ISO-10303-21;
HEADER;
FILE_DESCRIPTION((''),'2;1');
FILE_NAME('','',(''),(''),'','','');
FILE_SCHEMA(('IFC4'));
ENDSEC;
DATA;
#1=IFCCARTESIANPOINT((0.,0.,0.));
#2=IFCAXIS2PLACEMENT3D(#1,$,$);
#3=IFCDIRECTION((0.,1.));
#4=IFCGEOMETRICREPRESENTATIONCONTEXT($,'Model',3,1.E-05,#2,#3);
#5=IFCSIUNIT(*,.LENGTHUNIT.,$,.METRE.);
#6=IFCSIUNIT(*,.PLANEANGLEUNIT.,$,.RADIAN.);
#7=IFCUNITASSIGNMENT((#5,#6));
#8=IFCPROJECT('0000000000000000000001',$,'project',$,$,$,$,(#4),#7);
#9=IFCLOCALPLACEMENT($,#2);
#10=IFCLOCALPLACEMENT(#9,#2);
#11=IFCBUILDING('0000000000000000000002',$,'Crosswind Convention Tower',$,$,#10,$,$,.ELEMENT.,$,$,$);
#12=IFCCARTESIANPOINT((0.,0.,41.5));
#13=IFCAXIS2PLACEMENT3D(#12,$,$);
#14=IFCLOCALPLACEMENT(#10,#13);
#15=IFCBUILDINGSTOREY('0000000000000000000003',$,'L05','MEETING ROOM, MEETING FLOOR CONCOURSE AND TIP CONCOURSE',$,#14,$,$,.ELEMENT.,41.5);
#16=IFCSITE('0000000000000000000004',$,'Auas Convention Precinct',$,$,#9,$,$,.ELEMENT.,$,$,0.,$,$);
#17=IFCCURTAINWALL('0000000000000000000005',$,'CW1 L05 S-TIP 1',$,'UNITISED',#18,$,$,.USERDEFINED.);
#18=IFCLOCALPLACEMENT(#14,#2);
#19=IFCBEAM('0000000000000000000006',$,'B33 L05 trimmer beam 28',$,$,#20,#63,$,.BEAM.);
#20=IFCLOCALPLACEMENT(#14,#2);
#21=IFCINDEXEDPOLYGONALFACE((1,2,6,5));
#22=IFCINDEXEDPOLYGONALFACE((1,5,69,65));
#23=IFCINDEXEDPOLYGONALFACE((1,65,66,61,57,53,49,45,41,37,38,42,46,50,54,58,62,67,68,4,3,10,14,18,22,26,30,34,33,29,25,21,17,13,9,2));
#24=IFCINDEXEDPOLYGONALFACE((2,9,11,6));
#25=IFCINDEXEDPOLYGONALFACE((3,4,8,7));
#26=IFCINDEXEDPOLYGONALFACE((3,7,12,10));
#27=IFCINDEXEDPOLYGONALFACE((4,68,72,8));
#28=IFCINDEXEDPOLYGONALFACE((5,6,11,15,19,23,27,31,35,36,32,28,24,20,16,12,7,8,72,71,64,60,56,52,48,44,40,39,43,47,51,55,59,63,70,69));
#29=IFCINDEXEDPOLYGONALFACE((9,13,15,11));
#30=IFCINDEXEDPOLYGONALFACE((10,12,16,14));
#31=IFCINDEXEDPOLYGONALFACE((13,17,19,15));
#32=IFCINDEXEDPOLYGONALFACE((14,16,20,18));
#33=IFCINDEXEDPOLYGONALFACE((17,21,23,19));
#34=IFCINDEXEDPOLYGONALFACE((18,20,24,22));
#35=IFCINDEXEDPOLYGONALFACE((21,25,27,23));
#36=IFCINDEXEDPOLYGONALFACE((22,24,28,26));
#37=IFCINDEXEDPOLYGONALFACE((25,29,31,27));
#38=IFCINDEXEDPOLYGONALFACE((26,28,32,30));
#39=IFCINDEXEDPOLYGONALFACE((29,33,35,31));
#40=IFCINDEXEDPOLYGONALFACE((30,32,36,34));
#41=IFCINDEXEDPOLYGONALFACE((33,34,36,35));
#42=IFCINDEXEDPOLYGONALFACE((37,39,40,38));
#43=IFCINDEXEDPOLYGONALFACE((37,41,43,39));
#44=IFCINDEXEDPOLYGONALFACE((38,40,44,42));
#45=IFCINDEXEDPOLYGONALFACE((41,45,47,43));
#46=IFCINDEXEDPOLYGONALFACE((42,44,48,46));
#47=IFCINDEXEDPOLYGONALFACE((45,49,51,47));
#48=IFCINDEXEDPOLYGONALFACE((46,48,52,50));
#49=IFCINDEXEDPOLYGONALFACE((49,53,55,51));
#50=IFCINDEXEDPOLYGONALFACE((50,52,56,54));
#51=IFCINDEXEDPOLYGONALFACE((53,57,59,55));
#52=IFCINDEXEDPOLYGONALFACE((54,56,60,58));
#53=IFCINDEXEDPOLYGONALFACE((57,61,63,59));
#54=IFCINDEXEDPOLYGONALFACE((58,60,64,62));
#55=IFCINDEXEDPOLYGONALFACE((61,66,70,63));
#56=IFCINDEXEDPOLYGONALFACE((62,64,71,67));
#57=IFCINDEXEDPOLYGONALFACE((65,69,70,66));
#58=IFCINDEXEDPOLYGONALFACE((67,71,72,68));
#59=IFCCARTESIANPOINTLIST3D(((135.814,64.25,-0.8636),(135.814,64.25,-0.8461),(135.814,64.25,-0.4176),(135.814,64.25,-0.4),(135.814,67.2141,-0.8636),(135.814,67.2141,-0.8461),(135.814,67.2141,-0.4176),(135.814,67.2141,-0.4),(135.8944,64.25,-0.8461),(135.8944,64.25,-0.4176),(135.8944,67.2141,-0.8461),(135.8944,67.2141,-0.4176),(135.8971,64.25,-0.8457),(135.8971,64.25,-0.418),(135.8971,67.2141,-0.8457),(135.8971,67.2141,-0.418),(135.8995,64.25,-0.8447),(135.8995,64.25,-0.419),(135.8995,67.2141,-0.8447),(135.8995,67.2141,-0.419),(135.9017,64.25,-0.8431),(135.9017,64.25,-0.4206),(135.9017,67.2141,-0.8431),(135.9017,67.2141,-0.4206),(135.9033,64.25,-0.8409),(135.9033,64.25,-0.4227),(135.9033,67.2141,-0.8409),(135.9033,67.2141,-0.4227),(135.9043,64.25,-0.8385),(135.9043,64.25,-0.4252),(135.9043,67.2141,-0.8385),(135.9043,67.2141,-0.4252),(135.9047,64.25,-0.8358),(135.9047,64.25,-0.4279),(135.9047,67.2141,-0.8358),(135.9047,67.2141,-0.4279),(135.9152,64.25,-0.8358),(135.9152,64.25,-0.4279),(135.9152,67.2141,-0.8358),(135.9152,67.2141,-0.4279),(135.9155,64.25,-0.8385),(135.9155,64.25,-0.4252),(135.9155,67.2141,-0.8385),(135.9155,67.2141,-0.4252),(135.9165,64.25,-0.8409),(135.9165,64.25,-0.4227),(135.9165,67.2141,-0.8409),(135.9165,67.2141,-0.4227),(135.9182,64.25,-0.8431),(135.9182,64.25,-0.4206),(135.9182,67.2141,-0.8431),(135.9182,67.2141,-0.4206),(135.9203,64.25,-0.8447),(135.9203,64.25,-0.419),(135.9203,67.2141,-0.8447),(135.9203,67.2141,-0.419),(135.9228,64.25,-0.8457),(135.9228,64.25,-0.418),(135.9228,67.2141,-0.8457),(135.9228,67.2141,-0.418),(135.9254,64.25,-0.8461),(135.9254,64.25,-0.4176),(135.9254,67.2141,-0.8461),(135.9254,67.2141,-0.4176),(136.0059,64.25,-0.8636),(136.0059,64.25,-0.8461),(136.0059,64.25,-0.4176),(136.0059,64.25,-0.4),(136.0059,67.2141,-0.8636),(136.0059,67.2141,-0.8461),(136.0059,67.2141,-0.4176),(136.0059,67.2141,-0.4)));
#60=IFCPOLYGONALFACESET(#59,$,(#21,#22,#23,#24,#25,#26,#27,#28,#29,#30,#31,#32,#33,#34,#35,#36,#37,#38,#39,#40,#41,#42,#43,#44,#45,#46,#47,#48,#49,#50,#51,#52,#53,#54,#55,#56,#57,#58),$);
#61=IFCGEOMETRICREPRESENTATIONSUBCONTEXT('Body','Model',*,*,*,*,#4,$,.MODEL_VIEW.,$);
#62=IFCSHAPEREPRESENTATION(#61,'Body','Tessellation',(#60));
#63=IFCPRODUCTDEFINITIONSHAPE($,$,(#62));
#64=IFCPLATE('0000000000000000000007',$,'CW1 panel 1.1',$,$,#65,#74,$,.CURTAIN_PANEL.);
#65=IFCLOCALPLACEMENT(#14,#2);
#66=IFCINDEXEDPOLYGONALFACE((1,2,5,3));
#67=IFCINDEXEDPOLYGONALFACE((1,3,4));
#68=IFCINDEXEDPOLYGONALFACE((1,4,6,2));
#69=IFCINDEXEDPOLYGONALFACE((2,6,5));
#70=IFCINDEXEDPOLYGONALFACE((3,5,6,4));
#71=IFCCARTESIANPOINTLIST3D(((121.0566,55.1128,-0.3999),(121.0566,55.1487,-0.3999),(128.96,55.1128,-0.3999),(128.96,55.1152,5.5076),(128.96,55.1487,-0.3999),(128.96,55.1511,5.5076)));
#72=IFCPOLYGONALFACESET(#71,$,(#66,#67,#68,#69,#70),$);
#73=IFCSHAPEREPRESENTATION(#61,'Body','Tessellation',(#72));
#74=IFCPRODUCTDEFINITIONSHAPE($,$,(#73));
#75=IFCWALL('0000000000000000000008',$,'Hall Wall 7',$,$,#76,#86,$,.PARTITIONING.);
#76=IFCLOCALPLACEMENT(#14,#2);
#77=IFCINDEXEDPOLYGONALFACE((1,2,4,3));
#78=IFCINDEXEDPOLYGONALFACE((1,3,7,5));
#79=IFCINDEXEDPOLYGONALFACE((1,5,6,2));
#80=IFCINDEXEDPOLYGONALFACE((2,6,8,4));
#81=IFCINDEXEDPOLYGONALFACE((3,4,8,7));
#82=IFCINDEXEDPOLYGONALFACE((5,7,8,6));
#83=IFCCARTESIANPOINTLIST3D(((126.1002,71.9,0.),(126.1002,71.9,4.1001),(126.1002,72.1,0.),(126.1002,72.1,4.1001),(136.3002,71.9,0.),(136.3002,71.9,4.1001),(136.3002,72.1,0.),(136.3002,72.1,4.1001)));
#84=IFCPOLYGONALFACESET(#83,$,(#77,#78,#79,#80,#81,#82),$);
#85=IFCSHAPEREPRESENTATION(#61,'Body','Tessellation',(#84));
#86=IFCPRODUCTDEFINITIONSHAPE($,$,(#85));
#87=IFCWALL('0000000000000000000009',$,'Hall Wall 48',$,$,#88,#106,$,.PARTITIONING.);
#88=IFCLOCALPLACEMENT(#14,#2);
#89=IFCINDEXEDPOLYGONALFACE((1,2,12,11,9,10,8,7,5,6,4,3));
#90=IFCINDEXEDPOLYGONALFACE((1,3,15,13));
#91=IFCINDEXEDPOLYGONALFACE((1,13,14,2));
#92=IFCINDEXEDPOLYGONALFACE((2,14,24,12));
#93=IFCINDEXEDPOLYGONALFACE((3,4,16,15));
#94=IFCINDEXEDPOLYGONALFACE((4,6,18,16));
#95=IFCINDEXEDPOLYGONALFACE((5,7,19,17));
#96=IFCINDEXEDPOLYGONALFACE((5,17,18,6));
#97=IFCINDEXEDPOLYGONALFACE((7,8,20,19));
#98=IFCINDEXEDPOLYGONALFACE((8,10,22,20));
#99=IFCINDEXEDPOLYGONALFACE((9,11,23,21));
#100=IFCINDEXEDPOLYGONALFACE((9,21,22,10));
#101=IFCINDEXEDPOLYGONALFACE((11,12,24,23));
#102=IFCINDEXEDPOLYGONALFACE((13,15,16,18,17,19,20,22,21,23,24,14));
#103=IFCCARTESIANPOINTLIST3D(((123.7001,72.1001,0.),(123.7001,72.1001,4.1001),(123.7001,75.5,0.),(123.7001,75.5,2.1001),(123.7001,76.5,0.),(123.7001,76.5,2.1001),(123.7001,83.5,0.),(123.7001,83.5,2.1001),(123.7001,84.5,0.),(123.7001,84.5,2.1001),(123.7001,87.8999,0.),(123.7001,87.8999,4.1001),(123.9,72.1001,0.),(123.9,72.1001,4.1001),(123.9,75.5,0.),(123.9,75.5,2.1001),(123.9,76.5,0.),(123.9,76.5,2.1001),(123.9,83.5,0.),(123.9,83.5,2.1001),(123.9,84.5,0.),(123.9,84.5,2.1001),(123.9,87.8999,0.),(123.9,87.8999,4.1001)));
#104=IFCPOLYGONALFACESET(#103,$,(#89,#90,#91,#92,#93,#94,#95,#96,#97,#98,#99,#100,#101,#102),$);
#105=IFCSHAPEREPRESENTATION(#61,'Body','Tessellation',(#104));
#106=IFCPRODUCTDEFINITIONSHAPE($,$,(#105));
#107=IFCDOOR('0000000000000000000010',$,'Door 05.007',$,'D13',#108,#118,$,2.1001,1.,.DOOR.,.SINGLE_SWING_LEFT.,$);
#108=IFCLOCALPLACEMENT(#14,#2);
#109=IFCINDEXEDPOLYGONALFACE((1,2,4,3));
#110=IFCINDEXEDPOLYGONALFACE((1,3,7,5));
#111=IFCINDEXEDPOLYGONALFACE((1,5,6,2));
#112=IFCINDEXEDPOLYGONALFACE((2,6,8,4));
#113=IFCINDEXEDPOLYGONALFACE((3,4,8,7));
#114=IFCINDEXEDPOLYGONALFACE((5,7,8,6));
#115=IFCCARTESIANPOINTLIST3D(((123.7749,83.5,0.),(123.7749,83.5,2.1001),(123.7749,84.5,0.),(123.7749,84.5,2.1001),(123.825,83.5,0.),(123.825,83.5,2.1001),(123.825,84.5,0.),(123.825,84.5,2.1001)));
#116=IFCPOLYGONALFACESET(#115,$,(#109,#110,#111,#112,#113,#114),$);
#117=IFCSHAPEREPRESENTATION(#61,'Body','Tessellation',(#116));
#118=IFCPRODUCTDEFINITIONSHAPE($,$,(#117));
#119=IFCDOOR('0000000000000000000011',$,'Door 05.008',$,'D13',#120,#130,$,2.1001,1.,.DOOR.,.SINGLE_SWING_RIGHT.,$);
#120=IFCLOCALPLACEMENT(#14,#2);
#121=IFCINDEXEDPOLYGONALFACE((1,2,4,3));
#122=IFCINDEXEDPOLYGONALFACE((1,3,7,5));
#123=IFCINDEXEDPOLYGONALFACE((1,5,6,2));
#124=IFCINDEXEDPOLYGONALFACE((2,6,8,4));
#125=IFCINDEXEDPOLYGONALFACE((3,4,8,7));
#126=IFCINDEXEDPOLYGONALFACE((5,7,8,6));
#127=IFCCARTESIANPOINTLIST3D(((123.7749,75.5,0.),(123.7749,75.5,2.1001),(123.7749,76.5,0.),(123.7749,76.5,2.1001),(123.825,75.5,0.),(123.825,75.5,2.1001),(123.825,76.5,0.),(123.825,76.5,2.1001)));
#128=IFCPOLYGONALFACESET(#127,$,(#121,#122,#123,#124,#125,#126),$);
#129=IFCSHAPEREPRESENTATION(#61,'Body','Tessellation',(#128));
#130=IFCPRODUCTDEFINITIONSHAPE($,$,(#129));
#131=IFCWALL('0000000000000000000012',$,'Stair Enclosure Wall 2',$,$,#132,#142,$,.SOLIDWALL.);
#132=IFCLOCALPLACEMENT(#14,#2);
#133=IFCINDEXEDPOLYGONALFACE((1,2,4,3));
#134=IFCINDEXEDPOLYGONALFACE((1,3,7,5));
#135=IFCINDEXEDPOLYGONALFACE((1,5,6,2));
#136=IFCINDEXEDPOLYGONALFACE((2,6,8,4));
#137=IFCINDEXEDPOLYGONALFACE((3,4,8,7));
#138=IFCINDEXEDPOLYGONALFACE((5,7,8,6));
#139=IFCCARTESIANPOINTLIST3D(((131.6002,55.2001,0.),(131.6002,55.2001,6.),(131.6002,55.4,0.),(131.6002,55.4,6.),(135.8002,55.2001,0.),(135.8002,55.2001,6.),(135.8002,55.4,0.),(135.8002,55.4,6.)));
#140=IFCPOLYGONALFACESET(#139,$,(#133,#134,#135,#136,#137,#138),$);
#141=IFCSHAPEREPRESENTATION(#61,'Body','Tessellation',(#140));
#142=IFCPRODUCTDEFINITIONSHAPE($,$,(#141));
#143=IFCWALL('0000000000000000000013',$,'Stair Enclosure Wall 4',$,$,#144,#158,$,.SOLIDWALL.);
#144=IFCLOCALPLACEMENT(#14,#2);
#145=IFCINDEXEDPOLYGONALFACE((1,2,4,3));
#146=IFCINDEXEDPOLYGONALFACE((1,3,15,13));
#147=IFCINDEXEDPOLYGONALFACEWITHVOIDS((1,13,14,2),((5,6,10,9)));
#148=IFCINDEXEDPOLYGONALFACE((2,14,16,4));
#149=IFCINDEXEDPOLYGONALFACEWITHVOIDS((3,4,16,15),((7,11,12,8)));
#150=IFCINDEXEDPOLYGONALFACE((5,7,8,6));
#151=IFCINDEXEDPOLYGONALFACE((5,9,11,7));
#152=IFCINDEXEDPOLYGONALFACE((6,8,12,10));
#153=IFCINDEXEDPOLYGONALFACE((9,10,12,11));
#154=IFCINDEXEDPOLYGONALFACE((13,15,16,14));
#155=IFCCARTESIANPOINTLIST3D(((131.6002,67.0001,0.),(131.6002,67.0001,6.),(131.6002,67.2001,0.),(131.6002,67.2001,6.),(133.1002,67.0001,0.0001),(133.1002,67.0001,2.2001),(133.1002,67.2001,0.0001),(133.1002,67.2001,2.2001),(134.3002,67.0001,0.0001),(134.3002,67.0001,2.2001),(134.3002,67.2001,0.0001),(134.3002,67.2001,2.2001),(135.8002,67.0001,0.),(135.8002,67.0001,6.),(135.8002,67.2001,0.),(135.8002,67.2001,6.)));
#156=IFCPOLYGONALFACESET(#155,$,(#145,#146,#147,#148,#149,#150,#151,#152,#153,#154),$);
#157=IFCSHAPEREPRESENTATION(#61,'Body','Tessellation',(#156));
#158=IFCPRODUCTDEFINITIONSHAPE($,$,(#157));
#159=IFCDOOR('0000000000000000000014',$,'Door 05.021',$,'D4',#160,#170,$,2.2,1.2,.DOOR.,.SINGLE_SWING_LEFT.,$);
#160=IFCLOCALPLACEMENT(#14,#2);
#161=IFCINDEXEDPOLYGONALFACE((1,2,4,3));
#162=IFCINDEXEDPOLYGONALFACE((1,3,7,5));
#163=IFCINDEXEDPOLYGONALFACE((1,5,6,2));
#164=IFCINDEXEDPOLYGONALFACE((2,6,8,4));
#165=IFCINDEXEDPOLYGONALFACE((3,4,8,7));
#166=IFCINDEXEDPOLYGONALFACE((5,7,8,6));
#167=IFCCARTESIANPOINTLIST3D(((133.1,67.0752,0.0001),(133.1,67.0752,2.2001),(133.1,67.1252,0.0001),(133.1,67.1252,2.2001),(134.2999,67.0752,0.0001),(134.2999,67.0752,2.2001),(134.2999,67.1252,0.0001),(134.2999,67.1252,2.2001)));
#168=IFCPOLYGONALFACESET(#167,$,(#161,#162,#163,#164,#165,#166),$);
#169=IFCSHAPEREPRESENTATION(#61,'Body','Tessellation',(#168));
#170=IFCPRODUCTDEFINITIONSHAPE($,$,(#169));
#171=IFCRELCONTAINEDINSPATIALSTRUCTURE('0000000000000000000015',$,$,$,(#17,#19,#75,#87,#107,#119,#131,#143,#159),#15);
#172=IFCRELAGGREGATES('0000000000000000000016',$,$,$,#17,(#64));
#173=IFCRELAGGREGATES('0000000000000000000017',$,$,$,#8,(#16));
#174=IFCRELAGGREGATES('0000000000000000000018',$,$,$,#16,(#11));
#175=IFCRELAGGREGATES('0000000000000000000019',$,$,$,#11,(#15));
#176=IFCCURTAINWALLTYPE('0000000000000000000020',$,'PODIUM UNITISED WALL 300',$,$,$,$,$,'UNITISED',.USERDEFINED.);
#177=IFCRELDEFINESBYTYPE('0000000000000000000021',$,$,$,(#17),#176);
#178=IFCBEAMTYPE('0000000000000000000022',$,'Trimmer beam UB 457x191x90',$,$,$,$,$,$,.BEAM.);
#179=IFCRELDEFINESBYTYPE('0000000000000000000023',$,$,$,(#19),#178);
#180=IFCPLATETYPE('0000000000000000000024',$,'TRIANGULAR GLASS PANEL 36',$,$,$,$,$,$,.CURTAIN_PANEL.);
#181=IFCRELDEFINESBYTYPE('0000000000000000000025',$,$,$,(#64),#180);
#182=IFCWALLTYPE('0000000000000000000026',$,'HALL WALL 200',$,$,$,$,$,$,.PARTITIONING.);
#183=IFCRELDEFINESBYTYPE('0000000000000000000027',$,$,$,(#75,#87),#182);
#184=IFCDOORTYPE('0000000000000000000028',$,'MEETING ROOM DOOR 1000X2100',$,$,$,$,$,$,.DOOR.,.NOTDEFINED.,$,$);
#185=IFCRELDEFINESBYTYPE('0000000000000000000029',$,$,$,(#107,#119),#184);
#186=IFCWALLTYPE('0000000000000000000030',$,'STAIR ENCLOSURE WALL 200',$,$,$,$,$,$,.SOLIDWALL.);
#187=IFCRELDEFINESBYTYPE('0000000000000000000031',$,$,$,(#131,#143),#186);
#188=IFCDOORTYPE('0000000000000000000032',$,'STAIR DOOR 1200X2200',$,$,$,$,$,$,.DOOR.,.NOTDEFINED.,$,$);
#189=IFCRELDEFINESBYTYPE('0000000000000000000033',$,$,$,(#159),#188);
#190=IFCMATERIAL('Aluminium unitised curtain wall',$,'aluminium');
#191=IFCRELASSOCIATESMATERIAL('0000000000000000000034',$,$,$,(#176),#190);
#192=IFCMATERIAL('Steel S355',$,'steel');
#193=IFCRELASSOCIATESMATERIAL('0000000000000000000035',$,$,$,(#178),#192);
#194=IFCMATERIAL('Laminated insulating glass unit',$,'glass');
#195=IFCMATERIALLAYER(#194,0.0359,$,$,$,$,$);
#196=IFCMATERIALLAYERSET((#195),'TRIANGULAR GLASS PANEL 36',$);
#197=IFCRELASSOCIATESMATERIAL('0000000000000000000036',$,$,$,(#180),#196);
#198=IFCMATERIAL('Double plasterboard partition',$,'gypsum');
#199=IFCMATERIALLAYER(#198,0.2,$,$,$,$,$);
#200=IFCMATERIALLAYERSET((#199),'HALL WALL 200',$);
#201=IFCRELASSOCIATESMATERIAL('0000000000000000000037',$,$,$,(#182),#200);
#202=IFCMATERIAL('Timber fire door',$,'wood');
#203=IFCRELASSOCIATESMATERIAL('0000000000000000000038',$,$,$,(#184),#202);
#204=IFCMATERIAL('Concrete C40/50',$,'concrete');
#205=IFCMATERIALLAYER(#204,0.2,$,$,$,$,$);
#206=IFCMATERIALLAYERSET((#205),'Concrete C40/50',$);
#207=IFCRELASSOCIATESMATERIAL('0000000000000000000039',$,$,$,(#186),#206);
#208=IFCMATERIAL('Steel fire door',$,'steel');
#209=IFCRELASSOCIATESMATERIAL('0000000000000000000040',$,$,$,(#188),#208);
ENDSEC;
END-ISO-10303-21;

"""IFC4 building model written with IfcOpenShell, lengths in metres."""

from ifc_helpers import new_model, si_unit, direction, frame, frame_2d, origin, origin_2d, place, context, subcontext, project, spatial, polyline, rectangle, i_section, outline, extrude, material, layer, layer_set, material_profile, profile_set, type_object, element, fill, aggregate, save


model = new_model("IFC4")

# Units and contexts
model_context = context("Model", 3, precision=1e-05, world=origin(), true_north=direction((0.0, 1.0)))
body_context = subcontext(model_context, "Body", "Model", "MODEL_VIEW")
ifc_project = project(units=[si_unit("LENGTHUNIT", "METRE"), si_unit("PLANEANGLEUNIT", "RADIAN")], contexts=[model_context])

# Site, building, storey
site_placement = place(None, origin())
site = spatial("IfcSite", under=ifc_project, at=site_placement, Name="Auas Convention Precinct", CompositionType="ELEMENT", RefElevation=0.0)
building_placement = place(site_placement, origin())
building = spatial("IfcBuilding", under=site, at=building_placement, Name="Crosswind Convention Tower", CompositionType="ELEMENT")
storey_placement = place(building_placement, frame((0.0, 0.0, 41.5)))
storey = spatial("IfcBuildingStorey", under=building, at=storey_placement, Name="L05", Description="MEETING ROOM, MEETING FLOOR CONCOURSE AND TIP CONCOURSE", CompositionType="ELEMENT", Elevation=41.5)

# Shared definitions
ifc_material_1 = material(Name="Steel S355", Category="steel")

# Curtain wall
ifc_material_2 = material(Name="Aluminium unitised curtain wall", Category="aluminium")
curtain_wall_type = type_object("IfcCurtainWallType", Name="PODIUM UNITISED WALL 300", ElementType="UNITISED", PredefinedType="USERDEFINED", material=ifc_material_2)
curtain_wall_1_placement = place(storey_placement, origin())
curtain_wall_1 = element("IfcCurtainWall", 1, at=curtain_wall_1_placement, inside=storey, type_object=curtain_wall_type, Name="CW1 L05 S-TIP 1", ObjectType="UNITISED", PredefinedType="USERDEFINED")

# Beam
ifc_material_profile_1 = material_profile(ifc_material_1, i_section(OverallWidth=0.1919, OverallDepth=0.4636, WebThickness=0.0105, FlangeThickness=0.0176, FilletRadius=0.0103, at=origin_2d()), Name="UB 457x191x90")
ifc_profile_set_1 = profile_set([ifc_material_profile_1], Name="Steel S355")
beam_type_1 = type_object("IfcBeamType", Name="Trimmer beam UB 457x191x90", PredefinedType="BEAM", material=ifc_profile_set_1)
beam_1_placement = place(storey_placement, frame((135.9099, 67.2141, -0.6318), z_axis=(0.0, -1.0, 0.0), x_axis=(1.0, 0.0, 0.0)))
element("IfcBeam", 2, at=beam_1_placement, inside=storey, type_object=beam_type_1, Name="B33 L05 trimmer beam 28", PredefinedType="BEAM", context=body_context, shape_type="SweptSolid", body=[
    extrude(i_section(OverallWidth=0.1919, OverallDepth=0.4636, WebThickness=0.0105, FlangeThickness=0.0176, FilletRadius=0.0103, at=origin_2d()), origin(), (0.0, 0.0, 1.0), 2.9641),
])

# Plate
ifc_material_3 = material(Name="Laminated insulating glass unit", Category="glass")
ifc_layer_1 = layer(ifc_material_3, 0.0359)
ifc_layer_set_1 = layer_set([ifc_layer_1], Name="TRIANGULAR GLASS PANEL 36")
plate_type = type_object("IfcPlateType", Name="TRIANGULAR GLASS PANEL 36", PredefinedType="CURTAIN_PANEL", material=ifc_layer_set_1)
plate_placement = place(storey_placement, frame((128.96, 55.1128, -0.3999), z_axis=(0.0, -1.0, 0.000413), x_axis=(0.0, 0.000413, 1.0)))
plate = element("IfcPlate", 3, at=plate_placement, type_object=plate_type, Name="CW1 panel 1.1", PredefinedType="CURTAIN_PANEL", context=body_context, shape_type="SweptSolid", body=[
    extrude(outline(polyline([(0.0, 0.0), (5.9075, 0.0), (0.0, 7.9033), (0.0, 0.0)])), origin(), (0.0, 0.0, -1.0), 0.0359),
])
aggregate(curtain_wall_1, [plate])

# Wall
ifc_material_4 = material(Name="Double plasterboard partition", Category="gypsum")
ifc_layer_2 = layer(ifc_material_4, 0.2)
ifc_layer_set_2 = layer_set([ifc_layer_2], Name="HALL WALL 200")
wall_type_1 = type_object("IfcWallType", Name="HALL WALL 200", PredefinedType="PARTITIONING", material=ifc_layer_set_2)
wall_1_placement = place(storey_placement, frame((126.1001, 72.0, 0.0), z_axis=(0.0, 0.0, 1.0), x_axis=(1.0, 0.0, 0.0)))
element("IfcWall", 4, at=wall_1_placement, inside=storey, type_object=wall_type_1, Name="Hall Wall 7", PredefinedType="PARTITIONING", context=body_context, shape_type="SweptSolid", body=[
    extrude(rectangle(XDim=10.2, YDim=0.2, at=frame_2d((5.1001, 0.0))), origin(), (0.0, 0.0, 1.0), 4.1001),
])

# Wall, openings, doors
wall_2_placement = place(storey_placement, frame((123.8, 72.1001, 0.0), z_axis=(0.0, 0.0, 1.0), x_axis=(0.0, 1.0, 0.0)))
wall_2 = element("IfcWall", 5, at=wall_2_placement, inside=storey, type_object=wall_type_1, Name="Hall Wall 48", PredefinedType="PARTITIONING", context=body_context, shape_type="SweptSolid", body=[
    extrude(rectangle(XDim=15.7998, YDim=0.2, at=frame_2d((7.8999, 0.0))), origin(), (0.0, 0.0, 1.0), 4.1001),
])
opening_1_placement = place(wall_2_placement, frame((11.3999, 0.0, 0.0)))
opening_1 = element("IfcOpeningElement", 6, at=opening_1_placement, cuts=wall_2, PredefinedType="OPENING", context=body_context, shape_type="SweptSolid", body=[
    extrude(rectangle(XDim=1.0, YDim=2.1001, at=frame_2d((0.5, 1.05))), frame((0.0, 0.1099, 0.0), z_axis=(0.0, -1.0, 0.0), x_axis=(1.0, 0.0, 0.0)), (0.0, 0.0, 1.0), 0.22),
])
opening_2_placement = place(wall_2_placement, frame((3.3999, 0.0, 0.0)))
opening_2 = element("IfcOpeningElement", 7, at=opening_2_placement, cuts=wall_2, PredefinedType="OPENING", context=body_context, shape_type="SweptSolid", body=[
    extrude(rectangle(XDim=1.0, YDim=2.1001, at=frame_2d((0.5, 1.05))), frame((0.0, 0.1099, 0.0), z_axis=(0.0, -1.0, 0.0), x_axis=(1.0, 0.0, 0.0)), (0.0, 0.0, 1.0), 0.22),
])
ifc_material_5 = material(Name="Timber fire door", Category="wood")
door_type_1 = type_object("IfcDoorType", Name="MEETING ROOM DOOR 1000X2100", OperationType="NOTDEFINED", PredefinedType="DOOR", material=ifc_material_5)
door_1_placement = place(opening_1_placement, frame((1.0, 0.0, 0.0), z_axis=(0.0, 0.0, 1.0), x_axis=(-1.0, 0.0, 0.0)))
door_1 = element("IfcDoor", 8, at=door_1_placement, inside=storey, type_object=door_type_1, Name="Door 05.007", ObjectType="D13", OperationType="SINGLE_SWING_LEFT", OverallHeight=2.1001, OverallWidth=1.0, PredefinedType="DOOR", context=body_context, shape_type="SweptSolid", body=[
    extrude(rectangle(XDim=1.0, YDim=2.1001, at=frame_2d((0.5, 1.05))), frame((0.0, 0.0249, 0.0), z_axis=(0.0, -1.0, 0.0), x_axis=(1.0, 0.0, 0.0)), (0.0, 0.0, 1.0), 0.05),
])
fill(opening_1, door_1)
door_2_placement = place(opening_2_placement, frame((1.0, 0.0, 0.0), z_axis=(0.0, 0.0, 1.0), x_axis=(-1.0, 0.0, 0.0)))
door_2 = element("IfcDoor", 9, at=door_2_placement, inside=storey, type_object=door_type_1, Name="Door 05.008", ObjectType="D13", OperationType="SINGLE_SWING_RIGHT", OverallHeight=2.1001, OverallWidth=1.0, PredefinedType="DOOR", context=body_context, shape_type="SweptSolid", body=[
    extrude(rectangle(XDim=1.0, YDim=2.1001, at=frame_2d((0.5, 1.05))), frame((0.0, 0.0249, 0.0), z_axis=(0.0, -1.0, 0.0), x_axis=(1.0, 0.0, 0.0)), (0.0, 0.0, 1.0), 0.05),
])
fill(opening_2, door_2)

# Wall
ifc_material_6 = material(Name="Concrete C40/50", Category="concrete")
ifc_layer_3 = layer(ifc_material_6, 0.2)
ifc_layer_set_3 = layer_set([ifc_layer_3], Name="Concrete C40/50")
wall_type_2 = type_object("IfcWallType", Name="STAIR ENCLOSURE WALL 200", PredefinedType="SOLIDWALL", material=ifc_layer_set_3)
wall_3_placement = place(storey_placement, frame((131.6001, 55.3, 0.0), z_axis=(0.0, 0.0, 1.0), x_axis=(1.0, 0.0, 0.0)))
element("IfcWall", 10, at=wall_3_placement, inside=storey, type_object=wall_type_2, Name="Stair Enclosure Wall 2", PredefinedType="SOLIDWALL", context=body_context, shape_type="SweptSolid", body=[
    extrude(rectangle(XDim=4.2, YDim=0.2, at=frame_2d((2.1001, 0.0))), origin(), (0.0, 0.0, 1.0), 6.0),
])

# Wall, opening, door
wall_4_placement = place(storey_placement, frame((131.6001, 67.1001, 0.0), z_axis=(0.0, 0.0, 1.0), x_axis=(1.0, 0.0, 0.0)))
wall_4 = element("IfcWall", 11, at=wall_4_placement, inside=storey, type_object=wall_type_2, Name="Stair Enclosure Wall 4", PredefinedType="SOLIDWALL", context=body_context, shape_type="SweptSolid", body=[
    extrude(rectangle(XDim=4.2, YDim=0.2, at=frame_2d((2.1001, 0.0))), origin(), (0.0, 0.0, 1.0), 6.0),
])
opening_3_placement = place(wall_4_placement, frame((1.5, 0.0, 0.0)))
opening_3 = element("IfcOpeningElement", 12, at=opening_3_placement, cuts=wall_4, PredefinedType="OPENING", context=body_context, shape_type="SweptSolid", body=[
    extrude(rectangle(XDim=1.2, YDim=2.2, at=frame_2d((0.6001, 1.1001))), frame((0.0, 0.1099, 0.0), z_axis=(0.0, -1.0, 0.0), x_axis=(1.0, 0.0, 0.0)), (0.0, 0.0, 1.0), 0.22),
])
ifc_material_7 = material(Name="Steel fire door", Category="steel")
door_type_2 = type_object("IfcDoorType", Name="STAIR DOOR 1200X2200", OperationType="NOTDEFINED", PredefinedType="DOOR", material=ifc_material_7)
door_3_placement = place(opening_3_placement, frame((1.2, 0.0, 0.0), z_axis=(0.0, 0.0, 1.0), x_axis=(-1.0, 0.0, 0.0)))
door_3 = element("IfcDoor", 13, at=door_3_placement, inside=storey, type_object=door_type_2, Name="Door 05.021", ObjectType="D4", OperationType="SINGLE_SWING_LEFT", OverallHeight=2.2, OverallWidth=1.2, PredefinedType="DOOR", context=body_context, shape_type="SweptSolid", body=[
    extrude(rectangle(XDim=1.2, YDim=2.2, at=frame_2d((0.6001, 1.1001))), frame((0.0, 0.0249, 0.0), z_axis=(0.0, -1.0, 0.0), x_axis=(1.0, 0.0, 0.0)), (0.0, 0.0, 1.0), 0.05),
])
fill(opening_3, door_3)

save(model, "model.ifc")
